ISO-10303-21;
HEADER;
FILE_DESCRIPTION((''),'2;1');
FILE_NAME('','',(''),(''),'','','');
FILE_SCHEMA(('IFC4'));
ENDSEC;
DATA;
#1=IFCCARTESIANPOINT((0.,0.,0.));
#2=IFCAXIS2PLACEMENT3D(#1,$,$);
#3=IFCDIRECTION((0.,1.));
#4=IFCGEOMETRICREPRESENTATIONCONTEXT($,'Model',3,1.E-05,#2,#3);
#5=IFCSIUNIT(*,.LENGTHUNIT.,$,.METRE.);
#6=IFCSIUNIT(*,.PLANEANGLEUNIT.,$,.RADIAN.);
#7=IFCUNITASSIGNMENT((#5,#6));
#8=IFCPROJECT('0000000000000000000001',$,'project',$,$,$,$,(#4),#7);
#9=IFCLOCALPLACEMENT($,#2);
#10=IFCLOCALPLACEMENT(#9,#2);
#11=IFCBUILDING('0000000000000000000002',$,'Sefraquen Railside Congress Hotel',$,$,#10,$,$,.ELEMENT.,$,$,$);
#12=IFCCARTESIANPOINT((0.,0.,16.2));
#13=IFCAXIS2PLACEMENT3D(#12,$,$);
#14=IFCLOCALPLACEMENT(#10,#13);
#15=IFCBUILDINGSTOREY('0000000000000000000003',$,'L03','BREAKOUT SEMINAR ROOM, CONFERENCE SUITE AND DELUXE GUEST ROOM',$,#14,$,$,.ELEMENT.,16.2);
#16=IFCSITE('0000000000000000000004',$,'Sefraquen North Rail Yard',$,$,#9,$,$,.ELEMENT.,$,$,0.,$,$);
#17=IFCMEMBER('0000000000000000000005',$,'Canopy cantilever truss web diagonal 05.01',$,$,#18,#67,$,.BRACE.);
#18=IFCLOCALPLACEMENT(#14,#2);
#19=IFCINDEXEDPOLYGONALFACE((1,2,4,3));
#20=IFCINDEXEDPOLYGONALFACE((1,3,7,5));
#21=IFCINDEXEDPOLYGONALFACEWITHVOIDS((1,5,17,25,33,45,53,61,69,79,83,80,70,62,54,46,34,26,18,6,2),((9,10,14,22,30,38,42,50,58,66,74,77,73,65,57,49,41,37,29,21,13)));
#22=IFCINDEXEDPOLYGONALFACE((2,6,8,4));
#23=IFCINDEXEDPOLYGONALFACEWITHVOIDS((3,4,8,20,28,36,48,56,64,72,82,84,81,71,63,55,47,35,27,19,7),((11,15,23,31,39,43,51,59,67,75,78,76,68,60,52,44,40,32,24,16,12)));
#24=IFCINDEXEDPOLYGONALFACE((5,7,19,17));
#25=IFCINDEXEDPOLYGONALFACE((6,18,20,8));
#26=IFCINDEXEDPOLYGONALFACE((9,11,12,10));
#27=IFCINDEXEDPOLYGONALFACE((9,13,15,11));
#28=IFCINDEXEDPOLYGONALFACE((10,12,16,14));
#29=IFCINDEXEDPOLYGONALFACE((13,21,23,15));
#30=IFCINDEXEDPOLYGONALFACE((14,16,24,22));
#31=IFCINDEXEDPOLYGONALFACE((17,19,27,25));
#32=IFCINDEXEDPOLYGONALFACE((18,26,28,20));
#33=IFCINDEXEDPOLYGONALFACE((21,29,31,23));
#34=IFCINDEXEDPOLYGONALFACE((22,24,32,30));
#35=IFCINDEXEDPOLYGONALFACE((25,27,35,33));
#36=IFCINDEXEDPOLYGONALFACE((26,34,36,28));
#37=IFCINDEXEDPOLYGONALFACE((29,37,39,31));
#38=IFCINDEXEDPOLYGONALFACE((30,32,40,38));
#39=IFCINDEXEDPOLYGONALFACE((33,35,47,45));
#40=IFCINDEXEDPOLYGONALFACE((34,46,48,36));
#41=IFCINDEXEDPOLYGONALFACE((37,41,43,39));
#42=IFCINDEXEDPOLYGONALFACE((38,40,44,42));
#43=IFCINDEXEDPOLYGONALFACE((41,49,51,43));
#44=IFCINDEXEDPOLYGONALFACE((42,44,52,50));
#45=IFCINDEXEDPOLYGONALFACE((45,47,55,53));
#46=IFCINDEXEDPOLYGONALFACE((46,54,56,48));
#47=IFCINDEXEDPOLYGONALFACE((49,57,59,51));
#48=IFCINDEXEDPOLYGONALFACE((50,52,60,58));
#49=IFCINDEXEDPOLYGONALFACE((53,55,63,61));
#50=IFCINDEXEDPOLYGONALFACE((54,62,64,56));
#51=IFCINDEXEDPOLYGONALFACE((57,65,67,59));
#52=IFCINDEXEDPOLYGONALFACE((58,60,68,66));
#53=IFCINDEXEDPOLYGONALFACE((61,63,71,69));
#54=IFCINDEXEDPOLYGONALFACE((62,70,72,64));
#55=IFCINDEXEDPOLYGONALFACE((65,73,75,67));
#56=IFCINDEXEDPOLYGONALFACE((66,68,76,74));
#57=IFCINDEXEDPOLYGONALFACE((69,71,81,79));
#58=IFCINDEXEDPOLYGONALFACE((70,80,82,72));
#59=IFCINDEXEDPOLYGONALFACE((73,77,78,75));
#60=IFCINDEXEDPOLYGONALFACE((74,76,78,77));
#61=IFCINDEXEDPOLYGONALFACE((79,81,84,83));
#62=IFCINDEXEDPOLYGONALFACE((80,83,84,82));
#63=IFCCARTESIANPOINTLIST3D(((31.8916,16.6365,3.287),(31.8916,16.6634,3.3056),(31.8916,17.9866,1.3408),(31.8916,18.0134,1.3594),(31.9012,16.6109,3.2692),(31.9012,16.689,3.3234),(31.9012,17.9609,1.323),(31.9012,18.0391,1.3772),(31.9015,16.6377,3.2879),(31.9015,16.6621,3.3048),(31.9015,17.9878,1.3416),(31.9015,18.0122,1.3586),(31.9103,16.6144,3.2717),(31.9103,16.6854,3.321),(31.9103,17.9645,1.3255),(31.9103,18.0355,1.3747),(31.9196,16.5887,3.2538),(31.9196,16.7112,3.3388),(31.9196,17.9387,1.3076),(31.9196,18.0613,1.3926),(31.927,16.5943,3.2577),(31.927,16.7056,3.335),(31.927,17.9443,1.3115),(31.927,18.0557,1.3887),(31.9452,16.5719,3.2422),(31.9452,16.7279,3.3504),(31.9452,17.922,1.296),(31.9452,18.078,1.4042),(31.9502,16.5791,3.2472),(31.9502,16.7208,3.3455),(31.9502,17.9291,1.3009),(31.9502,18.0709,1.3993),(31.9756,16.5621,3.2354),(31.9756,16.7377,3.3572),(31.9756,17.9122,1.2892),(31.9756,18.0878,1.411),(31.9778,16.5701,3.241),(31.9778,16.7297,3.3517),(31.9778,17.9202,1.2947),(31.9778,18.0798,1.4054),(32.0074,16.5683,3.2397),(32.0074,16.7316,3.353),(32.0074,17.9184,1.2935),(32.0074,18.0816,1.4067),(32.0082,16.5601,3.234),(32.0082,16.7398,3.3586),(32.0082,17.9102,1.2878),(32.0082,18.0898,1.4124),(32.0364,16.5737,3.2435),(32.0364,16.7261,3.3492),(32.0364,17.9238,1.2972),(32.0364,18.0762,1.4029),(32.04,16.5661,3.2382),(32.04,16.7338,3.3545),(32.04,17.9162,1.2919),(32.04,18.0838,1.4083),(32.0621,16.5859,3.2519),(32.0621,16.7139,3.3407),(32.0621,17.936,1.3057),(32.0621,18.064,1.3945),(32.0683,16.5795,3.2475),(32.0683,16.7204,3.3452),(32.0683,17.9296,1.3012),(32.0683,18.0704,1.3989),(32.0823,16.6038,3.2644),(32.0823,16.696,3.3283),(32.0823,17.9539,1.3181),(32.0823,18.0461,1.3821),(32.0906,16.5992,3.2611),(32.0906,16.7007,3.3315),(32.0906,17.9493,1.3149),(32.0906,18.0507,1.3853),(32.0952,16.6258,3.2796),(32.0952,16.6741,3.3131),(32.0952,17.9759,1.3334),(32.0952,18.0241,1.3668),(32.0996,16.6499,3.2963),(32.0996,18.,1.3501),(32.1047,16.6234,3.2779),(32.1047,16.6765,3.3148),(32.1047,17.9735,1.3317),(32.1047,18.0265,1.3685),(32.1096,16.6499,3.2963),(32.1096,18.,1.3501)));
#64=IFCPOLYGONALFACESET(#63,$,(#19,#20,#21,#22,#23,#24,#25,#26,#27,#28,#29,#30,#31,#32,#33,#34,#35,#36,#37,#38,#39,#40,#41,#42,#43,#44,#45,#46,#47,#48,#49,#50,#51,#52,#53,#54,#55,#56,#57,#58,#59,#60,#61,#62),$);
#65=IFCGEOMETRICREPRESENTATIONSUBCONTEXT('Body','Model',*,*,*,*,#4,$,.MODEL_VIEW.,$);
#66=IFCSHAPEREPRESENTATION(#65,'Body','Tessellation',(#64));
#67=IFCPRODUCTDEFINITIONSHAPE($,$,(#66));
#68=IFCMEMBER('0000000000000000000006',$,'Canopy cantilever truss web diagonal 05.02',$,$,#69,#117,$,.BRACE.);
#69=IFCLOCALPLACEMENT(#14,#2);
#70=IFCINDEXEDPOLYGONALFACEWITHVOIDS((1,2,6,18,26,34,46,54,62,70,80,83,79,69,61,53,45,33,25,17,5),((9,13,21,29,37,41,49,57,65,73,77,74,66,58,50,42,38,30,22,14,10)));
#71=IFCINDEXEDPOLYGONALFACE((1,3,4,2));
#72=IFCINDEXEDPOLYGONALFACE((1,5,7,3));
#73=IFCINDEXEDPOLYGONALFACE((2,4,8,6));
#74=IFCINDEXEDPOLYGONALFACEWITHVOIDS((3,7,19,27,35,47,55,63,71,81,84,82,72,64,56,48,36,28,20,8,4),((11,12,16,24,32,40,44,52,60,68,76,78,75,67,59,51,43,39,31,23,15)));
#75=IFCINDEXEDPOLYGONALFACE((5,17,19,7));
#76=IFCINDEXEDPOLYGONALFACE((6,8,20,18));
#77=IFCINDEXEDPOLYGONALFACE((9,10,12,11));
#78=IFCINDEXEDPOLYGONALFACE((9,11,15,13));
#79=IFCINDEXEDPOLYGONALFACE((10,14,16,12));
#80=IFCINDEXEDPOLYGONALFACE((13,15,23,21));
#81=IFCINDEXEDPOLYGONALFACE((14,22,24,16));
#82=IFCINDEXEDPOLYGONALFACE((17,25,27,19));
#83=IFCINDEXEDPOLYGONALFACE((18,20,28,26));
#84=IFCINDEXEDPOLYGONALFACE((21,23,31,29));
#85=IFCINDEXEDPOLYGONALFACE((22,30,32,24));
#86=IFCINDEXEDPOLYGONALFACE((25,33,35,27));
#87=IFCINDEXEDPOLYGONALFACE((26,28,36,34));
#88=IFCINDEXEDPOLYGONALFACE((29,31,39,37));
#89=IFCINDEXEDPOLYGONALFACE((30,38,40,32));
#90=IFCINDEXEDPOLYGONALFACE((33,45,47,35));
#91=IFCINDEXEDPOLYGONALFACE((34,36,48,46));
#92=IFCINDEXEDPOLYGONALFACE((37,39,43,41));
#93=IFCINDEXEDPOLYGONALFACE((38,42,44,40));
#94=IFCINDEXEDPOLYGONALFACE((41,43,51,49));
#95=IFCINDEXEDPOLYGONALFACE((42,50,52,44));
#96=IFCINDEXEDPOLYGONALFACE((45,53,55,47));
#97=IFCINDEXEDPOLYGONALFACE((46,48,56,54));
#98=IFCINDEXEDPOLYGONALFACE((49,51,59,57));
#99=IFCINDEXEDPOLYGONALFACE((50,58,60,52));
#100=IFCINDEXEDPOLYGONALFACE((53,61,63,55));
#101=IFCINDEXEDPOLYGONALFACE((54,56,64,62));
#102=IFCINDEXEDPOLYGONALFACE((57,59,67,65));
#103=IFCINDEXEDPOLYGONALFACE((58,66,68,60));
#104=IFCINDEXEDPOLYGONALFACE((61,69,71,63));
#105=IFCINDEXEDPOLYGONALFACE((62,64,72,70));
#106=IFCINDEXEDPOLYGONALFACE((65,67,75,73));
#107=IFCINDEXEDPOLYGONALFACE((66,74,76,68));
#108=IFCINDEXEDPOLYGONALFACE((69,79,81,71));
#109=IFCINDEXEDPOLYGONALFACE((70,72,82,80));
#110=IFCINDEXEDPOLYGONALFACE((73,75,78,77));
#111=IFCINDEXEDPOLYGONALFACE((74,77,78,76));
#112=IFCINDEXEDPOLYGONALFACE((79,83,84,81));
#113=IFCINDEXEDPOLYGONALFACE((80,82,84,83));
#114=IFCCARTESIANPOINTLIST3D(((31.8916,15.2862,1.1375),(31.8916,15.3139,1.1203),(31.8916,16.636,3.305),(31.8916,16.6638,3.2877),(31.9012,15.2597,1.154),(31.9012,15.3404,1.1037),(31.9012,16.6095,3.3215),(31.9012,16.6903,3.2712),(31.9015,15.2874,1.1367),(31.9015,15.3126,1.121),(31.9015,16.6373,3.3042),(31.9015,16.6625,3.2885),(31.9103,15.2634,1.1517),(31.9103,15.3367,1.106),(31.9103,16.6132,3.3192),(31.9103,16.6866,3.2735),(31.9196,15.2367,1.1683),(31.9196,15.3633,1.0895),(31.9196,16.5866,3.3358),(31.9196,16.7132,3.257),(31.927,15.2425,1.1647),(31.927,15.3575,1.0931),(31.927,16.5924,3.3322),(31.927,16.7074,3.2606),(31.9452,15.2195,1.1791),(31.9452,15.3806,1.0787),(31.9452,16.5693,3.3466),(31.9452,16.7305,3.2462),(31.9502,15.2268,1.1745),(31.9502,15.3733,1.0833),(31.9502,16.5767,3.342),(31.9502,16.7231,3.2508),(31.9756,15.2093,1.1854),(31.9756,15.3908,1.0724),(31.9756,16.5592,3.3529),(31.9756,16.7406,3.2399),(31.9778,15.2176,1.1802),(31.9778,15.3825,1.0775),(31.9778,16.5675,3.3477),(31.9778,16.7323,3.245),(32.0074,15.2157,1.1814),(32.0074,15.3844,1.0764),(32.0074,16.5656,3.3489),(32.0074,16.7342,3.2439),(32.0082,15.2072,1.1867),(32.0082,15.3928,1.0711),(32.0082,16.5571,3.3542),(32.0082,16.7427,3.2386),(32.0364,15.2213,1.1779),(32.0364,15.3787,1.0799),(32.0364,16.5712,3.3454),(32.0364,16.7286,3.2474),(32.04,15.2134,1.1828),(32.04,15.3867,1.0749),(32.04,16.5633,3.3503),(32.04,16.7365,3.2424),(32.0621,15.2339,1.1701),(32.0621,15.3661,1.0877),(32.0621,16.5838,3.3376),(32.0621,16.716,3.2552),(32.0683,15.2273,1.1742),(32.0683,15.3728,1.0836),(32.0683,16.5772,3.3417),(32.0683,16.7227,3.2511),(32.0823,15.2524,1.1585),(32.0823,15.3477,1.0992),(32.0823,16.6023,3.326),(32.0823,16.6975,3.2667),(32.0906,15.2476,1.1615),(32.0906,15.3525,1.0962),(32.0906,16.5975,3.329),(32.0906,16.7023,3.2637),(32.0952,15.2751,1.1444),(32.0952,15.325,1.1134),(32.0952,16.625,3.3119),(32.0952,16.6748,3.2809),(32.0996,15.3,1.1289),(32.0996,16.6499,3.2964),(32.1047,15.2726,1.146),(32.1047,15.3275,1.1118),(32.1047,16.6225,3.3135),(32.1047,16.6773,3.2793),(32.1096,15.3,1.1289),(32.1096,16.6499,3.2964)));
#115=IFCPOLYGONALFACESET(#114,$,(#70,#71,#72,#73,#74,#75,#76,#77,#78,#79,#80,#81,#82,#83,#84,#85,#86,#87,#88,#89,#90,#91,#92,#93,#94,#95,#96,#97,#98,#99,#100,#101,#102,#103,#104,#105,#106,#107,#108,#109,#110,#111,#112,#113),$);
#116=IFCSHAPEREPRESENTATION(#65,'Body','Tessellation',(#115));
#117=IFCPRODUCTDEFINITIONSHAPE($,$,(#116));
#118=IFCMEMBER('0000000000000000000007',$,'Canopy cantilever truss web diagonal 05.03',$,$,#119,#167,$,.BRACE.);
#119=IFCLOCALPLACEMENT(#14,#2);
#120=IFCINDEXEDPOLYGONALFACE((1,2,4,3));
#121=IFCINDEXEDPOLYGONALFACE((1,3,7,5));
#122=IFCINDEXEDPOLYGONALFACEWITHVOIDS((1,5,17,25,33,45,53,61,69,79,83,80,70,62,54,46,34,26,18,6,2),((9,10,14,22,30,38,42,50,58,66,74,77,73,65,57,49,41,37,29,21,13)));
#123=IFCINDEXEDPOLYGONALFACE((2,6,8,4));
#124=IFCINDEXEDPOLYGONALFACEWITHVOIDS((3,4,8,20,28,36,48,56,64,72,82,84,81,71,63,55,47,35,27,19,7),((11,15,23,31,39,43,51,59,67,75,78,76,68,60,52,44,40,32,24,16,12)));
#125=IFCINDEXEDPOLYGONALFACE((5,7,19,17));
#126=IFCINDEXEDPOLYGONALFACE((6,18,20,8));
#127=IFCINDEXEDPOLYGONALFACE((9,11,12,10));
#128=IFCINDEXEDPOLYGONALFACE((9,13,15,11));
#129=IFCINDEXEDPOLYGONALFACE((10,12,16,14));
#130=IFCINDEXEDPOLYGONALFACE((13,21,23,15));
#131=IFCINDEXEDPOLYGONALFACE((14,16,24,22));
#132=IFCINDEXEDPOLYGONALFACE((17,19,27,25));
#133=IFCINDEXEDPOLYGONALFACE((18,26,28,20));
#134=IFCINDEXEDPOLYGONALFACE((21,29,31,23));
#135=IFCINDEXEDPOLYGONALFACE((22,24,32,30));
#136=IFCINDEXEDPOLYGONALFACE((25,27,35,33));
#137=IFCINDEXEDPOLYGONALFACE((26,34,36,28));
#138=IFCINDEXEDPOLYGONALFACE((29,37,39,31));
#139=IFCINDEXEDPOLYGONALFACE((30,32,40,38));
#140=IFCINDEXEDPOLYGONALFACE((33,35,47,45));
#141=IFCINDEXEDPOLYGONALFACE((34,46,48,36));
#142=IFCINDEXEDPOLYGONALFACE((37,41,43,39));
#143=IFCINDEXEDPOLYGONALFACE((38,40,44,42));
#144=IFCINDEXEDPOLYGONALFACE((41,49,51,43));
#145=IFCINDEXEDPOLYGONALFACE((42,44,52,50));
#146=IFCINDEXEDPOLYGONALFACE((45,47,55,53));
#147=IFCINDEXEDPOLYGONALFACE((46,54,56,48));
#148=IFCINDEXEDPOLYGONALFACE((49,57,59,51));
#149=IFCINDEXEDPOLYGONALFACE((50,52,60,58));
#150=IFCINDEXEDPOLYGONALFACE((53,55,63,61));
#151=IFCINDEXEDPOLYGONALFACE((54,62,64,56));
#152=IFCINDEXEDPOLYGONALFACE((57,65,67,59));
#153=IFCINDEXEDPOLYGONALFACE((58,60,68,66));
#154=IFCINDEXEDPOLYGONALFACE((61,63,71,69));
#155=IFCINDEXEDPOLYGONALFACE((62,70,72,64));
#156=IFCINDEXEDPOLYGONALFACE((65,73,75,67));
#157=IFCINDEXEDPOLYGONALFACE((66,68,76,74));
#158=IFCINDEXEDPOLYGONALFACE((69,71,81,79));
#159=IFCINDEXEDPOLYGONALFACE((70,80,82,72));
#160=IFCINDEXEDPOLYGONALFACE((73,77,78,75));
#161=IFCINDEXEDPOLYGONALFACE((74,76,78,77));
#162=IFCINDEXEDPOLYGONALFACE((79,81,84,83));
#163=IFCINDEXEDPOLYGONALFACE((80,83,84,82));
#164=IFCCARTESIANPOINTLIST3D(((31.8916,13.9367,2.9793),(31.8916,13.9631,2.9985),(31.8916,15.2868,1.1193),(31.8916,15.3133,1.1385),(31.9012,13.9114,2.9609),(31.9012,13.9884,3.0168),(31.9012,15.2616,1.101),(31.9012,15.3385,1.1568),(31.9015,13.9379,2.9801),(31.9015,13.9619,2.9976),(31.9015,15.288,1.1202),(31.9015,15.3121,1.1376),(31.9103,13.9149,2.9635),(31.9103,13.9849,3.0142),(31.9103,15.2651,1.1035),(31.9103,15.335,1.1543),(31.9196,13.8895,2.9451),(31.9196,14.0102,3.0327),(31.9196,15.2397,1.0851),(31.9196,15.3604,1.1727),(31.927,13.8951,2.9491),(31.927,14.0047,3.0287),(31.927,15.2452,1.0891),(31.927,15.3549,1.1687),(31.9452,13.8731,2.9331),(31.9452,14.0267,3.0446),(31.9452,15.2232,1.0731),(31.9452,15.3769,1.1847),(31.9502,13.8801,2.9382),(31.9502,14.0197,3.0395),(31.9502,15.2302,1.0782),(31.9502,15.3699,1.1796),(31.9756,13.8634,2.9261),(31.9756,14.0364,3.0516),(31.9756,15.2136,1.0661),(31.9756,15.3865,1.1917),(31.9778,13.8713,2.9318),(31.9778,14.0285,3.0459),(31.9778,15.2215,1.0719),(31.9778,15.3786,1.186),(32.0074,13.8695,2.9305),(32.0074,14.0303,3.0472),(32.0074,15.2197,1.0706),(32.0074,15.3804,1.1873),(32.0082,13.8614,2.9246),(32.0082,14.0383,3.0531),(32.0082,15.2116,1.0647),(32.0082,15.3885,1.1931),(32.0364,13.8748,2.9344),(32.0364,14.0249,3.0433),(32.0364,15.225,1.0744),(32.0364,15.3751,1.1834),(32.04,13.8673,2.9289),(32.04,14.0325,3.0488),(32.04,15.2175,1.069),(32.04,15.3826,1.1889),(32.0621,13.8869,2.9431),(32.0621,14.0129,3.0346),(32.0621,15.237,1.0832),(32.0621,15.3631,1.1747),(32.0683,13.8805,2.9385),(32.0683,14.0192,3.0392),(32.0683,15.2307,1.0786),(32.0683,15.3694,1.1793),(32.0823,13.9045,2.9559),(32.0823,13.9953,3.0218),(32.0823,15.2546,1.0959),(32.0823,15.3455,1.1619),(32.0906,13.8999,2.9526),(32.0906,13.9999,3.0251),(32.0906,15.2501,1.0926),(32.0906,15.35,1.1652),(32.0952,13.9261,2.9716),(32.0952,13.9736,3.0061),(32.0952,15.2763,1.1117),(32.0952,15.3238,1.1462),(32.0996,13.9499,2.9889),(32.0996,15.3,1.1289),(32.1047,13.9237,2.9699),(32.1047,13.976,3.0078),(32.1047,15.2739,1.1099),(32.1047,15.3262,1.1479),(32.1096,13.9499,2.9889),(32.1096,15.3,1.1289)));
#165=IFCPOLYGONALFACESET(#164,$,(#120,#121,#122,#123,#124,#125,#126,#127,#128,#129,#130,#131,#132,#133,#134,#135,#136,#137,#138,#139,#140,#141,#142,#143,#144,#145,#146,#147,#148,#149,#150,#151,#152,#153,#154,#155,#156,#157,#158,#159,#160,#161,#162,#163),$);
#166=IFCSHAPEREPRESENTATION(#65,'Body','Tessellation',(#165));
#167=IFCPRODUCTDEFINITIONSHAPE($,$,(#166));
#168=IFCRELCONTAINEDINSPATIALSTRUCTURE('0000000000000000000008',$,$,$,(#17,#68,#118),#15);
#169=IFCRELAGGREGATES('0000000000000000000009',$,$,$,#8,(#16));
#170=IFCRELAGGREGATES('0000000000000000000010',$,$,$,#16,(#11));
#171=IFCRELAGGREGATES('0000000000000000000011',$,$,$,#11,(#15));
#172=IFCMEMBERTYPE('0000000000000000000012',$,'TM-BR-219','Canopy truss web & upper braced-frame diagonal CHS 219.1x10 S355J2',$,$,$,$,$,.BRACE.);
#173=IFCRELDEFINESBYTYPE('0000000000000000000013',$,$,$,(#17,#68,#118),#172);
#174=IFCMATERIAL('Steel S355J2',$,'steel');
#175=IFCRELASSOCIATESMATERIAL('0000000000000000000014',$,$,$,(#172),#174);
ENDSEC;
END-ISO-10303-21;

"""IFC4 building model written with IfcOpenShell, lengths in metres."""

from ifc_helpers import new_model, si_unit, direction, frame, origin, origin_2d, place, context, subcontext, project, spatial, hollow_circle, extrude, material, material_profile, profile_set, type_object, element, save


model = new_model("IFC4")

# Units and contexts
model_context = context("Model", 3, precision=1e-05, world=origin(), true_north=direction((0.0, 1.0)))
body_context = subcontext(model_context, "Body", "Model", "MODEL_VIEW")
ifc_project = project(units=[si_unit("LENGTHUNIT", "METRE"), si_unit("PLANEANGLEUNIT", "RADIAN")], contexts=[model_context])

# Site, building, storey
site_placement = place(None, origin())
site = spatial("IfcSite", under=ifc_project, at=site_placement, Name="Sefraquen North Rail Yard", CompositionType="ELEMENT", RefElevation=0.0)
building_placement = place(site_placement, origin())
building = spatial("IfcBuilding", under=site, at=building_placement, Name="Sefraquen Railside Congress Hotel", CompositionType="ELEMENT")
storey_placement = place(building_placement, frame((0.0, 0.0, 16.2)))
storey = spatial("IfcBuildingStorey", under=building, at=storey_placement, Name="L03", Description="BREAKOUT SEMINAR ROOM, CONFERENCE SUITE AND DELUXE GUEST ROOM", CompositionType="ELEMENT", Elevation=16.2)

# Shared definitions
ifc_material_1 = material(Name="Steel S355J2", Category="steel")

# Members
ifc_material_profile_1 = material_profile(ifc_material_1, hollow_circle(Radius=0.1096, WallThickness=0.01, at=origin_2d()), Name="CHS 219.1x10")
ifc_profile_set_1 = profile_set([ifc_material_profile_1], Name="Steel S355J2")
member_type_1 = type_object("IfcMemberType", Name="TM-BR-219", Description="Canopy truss web & upper braced-frame diagonal CHS 219.1x10 S355J2", PredefinedType="BRACE", material=ifc_profile_set_1)
member_1_placement = place(storey_placement, frame((32.0, 18.0, 1.3501), z_axis=(0.0, -0.569971, 0.821665), x_axis=(1.0, 0.0, 0.0)))
element("IfcMember", 1, at=member_1_placement, inside=storey, type_object=member_type_1, Name="Canopy cantilever truss web diagonal 05.01", PredefinedType="BRACE", context=body_context, shape_type="SweptSolid", body=[
    extrude(hollow_circle(Radius=0.1096, WallThickness=0.01, at=origin_2d()), origin(), (0.0, 0.0, 1.0), 2.3687),
])
member_2_placement = place(storey_placement, frame((32.0, 16.6499, 3.2964), z_axis=(0.0, -0.52864, -0.848846), x_axis=(1.0, 0.0, 0.0)))
element("IfcMember", 2, at=member_2_placement, inside=storey, type_object=member_type_1, Name="Canopy cantilever truss web diagonal 05.02", PredefinedType="BRACE", context=body_context, shape_type="SweptSolid", body=[
    extrude(hollow_circle(Radius=0.1096, WallThickness=0.01, at=origin_2d()), origin(), (0.0, 0.0, 1.0), 2.5535),
])
member_3_placement = place(storey_placement, frame((32.0, 15.3, 1.1289), z_axis=(0.0, -0.587451, 0.809259), x_axis=(1.0, 0.0, 0.0)))
element("IfcMember", 3, at=member_3_placement, inside=storey, type_object=member_type_1, Name="Canopy cantilever truss web diagonal 05.03", PredefinedType="BRACE", context=body_context, shape_type="SweptSolid", body=[
    extrude(hollow_circle(Radius=0.1096, WallThickness=0.01, at=origin_2d()), origin(), (0.0, 0.0, 1.0), 2.2983),
])

save(model, "model.ifc")
